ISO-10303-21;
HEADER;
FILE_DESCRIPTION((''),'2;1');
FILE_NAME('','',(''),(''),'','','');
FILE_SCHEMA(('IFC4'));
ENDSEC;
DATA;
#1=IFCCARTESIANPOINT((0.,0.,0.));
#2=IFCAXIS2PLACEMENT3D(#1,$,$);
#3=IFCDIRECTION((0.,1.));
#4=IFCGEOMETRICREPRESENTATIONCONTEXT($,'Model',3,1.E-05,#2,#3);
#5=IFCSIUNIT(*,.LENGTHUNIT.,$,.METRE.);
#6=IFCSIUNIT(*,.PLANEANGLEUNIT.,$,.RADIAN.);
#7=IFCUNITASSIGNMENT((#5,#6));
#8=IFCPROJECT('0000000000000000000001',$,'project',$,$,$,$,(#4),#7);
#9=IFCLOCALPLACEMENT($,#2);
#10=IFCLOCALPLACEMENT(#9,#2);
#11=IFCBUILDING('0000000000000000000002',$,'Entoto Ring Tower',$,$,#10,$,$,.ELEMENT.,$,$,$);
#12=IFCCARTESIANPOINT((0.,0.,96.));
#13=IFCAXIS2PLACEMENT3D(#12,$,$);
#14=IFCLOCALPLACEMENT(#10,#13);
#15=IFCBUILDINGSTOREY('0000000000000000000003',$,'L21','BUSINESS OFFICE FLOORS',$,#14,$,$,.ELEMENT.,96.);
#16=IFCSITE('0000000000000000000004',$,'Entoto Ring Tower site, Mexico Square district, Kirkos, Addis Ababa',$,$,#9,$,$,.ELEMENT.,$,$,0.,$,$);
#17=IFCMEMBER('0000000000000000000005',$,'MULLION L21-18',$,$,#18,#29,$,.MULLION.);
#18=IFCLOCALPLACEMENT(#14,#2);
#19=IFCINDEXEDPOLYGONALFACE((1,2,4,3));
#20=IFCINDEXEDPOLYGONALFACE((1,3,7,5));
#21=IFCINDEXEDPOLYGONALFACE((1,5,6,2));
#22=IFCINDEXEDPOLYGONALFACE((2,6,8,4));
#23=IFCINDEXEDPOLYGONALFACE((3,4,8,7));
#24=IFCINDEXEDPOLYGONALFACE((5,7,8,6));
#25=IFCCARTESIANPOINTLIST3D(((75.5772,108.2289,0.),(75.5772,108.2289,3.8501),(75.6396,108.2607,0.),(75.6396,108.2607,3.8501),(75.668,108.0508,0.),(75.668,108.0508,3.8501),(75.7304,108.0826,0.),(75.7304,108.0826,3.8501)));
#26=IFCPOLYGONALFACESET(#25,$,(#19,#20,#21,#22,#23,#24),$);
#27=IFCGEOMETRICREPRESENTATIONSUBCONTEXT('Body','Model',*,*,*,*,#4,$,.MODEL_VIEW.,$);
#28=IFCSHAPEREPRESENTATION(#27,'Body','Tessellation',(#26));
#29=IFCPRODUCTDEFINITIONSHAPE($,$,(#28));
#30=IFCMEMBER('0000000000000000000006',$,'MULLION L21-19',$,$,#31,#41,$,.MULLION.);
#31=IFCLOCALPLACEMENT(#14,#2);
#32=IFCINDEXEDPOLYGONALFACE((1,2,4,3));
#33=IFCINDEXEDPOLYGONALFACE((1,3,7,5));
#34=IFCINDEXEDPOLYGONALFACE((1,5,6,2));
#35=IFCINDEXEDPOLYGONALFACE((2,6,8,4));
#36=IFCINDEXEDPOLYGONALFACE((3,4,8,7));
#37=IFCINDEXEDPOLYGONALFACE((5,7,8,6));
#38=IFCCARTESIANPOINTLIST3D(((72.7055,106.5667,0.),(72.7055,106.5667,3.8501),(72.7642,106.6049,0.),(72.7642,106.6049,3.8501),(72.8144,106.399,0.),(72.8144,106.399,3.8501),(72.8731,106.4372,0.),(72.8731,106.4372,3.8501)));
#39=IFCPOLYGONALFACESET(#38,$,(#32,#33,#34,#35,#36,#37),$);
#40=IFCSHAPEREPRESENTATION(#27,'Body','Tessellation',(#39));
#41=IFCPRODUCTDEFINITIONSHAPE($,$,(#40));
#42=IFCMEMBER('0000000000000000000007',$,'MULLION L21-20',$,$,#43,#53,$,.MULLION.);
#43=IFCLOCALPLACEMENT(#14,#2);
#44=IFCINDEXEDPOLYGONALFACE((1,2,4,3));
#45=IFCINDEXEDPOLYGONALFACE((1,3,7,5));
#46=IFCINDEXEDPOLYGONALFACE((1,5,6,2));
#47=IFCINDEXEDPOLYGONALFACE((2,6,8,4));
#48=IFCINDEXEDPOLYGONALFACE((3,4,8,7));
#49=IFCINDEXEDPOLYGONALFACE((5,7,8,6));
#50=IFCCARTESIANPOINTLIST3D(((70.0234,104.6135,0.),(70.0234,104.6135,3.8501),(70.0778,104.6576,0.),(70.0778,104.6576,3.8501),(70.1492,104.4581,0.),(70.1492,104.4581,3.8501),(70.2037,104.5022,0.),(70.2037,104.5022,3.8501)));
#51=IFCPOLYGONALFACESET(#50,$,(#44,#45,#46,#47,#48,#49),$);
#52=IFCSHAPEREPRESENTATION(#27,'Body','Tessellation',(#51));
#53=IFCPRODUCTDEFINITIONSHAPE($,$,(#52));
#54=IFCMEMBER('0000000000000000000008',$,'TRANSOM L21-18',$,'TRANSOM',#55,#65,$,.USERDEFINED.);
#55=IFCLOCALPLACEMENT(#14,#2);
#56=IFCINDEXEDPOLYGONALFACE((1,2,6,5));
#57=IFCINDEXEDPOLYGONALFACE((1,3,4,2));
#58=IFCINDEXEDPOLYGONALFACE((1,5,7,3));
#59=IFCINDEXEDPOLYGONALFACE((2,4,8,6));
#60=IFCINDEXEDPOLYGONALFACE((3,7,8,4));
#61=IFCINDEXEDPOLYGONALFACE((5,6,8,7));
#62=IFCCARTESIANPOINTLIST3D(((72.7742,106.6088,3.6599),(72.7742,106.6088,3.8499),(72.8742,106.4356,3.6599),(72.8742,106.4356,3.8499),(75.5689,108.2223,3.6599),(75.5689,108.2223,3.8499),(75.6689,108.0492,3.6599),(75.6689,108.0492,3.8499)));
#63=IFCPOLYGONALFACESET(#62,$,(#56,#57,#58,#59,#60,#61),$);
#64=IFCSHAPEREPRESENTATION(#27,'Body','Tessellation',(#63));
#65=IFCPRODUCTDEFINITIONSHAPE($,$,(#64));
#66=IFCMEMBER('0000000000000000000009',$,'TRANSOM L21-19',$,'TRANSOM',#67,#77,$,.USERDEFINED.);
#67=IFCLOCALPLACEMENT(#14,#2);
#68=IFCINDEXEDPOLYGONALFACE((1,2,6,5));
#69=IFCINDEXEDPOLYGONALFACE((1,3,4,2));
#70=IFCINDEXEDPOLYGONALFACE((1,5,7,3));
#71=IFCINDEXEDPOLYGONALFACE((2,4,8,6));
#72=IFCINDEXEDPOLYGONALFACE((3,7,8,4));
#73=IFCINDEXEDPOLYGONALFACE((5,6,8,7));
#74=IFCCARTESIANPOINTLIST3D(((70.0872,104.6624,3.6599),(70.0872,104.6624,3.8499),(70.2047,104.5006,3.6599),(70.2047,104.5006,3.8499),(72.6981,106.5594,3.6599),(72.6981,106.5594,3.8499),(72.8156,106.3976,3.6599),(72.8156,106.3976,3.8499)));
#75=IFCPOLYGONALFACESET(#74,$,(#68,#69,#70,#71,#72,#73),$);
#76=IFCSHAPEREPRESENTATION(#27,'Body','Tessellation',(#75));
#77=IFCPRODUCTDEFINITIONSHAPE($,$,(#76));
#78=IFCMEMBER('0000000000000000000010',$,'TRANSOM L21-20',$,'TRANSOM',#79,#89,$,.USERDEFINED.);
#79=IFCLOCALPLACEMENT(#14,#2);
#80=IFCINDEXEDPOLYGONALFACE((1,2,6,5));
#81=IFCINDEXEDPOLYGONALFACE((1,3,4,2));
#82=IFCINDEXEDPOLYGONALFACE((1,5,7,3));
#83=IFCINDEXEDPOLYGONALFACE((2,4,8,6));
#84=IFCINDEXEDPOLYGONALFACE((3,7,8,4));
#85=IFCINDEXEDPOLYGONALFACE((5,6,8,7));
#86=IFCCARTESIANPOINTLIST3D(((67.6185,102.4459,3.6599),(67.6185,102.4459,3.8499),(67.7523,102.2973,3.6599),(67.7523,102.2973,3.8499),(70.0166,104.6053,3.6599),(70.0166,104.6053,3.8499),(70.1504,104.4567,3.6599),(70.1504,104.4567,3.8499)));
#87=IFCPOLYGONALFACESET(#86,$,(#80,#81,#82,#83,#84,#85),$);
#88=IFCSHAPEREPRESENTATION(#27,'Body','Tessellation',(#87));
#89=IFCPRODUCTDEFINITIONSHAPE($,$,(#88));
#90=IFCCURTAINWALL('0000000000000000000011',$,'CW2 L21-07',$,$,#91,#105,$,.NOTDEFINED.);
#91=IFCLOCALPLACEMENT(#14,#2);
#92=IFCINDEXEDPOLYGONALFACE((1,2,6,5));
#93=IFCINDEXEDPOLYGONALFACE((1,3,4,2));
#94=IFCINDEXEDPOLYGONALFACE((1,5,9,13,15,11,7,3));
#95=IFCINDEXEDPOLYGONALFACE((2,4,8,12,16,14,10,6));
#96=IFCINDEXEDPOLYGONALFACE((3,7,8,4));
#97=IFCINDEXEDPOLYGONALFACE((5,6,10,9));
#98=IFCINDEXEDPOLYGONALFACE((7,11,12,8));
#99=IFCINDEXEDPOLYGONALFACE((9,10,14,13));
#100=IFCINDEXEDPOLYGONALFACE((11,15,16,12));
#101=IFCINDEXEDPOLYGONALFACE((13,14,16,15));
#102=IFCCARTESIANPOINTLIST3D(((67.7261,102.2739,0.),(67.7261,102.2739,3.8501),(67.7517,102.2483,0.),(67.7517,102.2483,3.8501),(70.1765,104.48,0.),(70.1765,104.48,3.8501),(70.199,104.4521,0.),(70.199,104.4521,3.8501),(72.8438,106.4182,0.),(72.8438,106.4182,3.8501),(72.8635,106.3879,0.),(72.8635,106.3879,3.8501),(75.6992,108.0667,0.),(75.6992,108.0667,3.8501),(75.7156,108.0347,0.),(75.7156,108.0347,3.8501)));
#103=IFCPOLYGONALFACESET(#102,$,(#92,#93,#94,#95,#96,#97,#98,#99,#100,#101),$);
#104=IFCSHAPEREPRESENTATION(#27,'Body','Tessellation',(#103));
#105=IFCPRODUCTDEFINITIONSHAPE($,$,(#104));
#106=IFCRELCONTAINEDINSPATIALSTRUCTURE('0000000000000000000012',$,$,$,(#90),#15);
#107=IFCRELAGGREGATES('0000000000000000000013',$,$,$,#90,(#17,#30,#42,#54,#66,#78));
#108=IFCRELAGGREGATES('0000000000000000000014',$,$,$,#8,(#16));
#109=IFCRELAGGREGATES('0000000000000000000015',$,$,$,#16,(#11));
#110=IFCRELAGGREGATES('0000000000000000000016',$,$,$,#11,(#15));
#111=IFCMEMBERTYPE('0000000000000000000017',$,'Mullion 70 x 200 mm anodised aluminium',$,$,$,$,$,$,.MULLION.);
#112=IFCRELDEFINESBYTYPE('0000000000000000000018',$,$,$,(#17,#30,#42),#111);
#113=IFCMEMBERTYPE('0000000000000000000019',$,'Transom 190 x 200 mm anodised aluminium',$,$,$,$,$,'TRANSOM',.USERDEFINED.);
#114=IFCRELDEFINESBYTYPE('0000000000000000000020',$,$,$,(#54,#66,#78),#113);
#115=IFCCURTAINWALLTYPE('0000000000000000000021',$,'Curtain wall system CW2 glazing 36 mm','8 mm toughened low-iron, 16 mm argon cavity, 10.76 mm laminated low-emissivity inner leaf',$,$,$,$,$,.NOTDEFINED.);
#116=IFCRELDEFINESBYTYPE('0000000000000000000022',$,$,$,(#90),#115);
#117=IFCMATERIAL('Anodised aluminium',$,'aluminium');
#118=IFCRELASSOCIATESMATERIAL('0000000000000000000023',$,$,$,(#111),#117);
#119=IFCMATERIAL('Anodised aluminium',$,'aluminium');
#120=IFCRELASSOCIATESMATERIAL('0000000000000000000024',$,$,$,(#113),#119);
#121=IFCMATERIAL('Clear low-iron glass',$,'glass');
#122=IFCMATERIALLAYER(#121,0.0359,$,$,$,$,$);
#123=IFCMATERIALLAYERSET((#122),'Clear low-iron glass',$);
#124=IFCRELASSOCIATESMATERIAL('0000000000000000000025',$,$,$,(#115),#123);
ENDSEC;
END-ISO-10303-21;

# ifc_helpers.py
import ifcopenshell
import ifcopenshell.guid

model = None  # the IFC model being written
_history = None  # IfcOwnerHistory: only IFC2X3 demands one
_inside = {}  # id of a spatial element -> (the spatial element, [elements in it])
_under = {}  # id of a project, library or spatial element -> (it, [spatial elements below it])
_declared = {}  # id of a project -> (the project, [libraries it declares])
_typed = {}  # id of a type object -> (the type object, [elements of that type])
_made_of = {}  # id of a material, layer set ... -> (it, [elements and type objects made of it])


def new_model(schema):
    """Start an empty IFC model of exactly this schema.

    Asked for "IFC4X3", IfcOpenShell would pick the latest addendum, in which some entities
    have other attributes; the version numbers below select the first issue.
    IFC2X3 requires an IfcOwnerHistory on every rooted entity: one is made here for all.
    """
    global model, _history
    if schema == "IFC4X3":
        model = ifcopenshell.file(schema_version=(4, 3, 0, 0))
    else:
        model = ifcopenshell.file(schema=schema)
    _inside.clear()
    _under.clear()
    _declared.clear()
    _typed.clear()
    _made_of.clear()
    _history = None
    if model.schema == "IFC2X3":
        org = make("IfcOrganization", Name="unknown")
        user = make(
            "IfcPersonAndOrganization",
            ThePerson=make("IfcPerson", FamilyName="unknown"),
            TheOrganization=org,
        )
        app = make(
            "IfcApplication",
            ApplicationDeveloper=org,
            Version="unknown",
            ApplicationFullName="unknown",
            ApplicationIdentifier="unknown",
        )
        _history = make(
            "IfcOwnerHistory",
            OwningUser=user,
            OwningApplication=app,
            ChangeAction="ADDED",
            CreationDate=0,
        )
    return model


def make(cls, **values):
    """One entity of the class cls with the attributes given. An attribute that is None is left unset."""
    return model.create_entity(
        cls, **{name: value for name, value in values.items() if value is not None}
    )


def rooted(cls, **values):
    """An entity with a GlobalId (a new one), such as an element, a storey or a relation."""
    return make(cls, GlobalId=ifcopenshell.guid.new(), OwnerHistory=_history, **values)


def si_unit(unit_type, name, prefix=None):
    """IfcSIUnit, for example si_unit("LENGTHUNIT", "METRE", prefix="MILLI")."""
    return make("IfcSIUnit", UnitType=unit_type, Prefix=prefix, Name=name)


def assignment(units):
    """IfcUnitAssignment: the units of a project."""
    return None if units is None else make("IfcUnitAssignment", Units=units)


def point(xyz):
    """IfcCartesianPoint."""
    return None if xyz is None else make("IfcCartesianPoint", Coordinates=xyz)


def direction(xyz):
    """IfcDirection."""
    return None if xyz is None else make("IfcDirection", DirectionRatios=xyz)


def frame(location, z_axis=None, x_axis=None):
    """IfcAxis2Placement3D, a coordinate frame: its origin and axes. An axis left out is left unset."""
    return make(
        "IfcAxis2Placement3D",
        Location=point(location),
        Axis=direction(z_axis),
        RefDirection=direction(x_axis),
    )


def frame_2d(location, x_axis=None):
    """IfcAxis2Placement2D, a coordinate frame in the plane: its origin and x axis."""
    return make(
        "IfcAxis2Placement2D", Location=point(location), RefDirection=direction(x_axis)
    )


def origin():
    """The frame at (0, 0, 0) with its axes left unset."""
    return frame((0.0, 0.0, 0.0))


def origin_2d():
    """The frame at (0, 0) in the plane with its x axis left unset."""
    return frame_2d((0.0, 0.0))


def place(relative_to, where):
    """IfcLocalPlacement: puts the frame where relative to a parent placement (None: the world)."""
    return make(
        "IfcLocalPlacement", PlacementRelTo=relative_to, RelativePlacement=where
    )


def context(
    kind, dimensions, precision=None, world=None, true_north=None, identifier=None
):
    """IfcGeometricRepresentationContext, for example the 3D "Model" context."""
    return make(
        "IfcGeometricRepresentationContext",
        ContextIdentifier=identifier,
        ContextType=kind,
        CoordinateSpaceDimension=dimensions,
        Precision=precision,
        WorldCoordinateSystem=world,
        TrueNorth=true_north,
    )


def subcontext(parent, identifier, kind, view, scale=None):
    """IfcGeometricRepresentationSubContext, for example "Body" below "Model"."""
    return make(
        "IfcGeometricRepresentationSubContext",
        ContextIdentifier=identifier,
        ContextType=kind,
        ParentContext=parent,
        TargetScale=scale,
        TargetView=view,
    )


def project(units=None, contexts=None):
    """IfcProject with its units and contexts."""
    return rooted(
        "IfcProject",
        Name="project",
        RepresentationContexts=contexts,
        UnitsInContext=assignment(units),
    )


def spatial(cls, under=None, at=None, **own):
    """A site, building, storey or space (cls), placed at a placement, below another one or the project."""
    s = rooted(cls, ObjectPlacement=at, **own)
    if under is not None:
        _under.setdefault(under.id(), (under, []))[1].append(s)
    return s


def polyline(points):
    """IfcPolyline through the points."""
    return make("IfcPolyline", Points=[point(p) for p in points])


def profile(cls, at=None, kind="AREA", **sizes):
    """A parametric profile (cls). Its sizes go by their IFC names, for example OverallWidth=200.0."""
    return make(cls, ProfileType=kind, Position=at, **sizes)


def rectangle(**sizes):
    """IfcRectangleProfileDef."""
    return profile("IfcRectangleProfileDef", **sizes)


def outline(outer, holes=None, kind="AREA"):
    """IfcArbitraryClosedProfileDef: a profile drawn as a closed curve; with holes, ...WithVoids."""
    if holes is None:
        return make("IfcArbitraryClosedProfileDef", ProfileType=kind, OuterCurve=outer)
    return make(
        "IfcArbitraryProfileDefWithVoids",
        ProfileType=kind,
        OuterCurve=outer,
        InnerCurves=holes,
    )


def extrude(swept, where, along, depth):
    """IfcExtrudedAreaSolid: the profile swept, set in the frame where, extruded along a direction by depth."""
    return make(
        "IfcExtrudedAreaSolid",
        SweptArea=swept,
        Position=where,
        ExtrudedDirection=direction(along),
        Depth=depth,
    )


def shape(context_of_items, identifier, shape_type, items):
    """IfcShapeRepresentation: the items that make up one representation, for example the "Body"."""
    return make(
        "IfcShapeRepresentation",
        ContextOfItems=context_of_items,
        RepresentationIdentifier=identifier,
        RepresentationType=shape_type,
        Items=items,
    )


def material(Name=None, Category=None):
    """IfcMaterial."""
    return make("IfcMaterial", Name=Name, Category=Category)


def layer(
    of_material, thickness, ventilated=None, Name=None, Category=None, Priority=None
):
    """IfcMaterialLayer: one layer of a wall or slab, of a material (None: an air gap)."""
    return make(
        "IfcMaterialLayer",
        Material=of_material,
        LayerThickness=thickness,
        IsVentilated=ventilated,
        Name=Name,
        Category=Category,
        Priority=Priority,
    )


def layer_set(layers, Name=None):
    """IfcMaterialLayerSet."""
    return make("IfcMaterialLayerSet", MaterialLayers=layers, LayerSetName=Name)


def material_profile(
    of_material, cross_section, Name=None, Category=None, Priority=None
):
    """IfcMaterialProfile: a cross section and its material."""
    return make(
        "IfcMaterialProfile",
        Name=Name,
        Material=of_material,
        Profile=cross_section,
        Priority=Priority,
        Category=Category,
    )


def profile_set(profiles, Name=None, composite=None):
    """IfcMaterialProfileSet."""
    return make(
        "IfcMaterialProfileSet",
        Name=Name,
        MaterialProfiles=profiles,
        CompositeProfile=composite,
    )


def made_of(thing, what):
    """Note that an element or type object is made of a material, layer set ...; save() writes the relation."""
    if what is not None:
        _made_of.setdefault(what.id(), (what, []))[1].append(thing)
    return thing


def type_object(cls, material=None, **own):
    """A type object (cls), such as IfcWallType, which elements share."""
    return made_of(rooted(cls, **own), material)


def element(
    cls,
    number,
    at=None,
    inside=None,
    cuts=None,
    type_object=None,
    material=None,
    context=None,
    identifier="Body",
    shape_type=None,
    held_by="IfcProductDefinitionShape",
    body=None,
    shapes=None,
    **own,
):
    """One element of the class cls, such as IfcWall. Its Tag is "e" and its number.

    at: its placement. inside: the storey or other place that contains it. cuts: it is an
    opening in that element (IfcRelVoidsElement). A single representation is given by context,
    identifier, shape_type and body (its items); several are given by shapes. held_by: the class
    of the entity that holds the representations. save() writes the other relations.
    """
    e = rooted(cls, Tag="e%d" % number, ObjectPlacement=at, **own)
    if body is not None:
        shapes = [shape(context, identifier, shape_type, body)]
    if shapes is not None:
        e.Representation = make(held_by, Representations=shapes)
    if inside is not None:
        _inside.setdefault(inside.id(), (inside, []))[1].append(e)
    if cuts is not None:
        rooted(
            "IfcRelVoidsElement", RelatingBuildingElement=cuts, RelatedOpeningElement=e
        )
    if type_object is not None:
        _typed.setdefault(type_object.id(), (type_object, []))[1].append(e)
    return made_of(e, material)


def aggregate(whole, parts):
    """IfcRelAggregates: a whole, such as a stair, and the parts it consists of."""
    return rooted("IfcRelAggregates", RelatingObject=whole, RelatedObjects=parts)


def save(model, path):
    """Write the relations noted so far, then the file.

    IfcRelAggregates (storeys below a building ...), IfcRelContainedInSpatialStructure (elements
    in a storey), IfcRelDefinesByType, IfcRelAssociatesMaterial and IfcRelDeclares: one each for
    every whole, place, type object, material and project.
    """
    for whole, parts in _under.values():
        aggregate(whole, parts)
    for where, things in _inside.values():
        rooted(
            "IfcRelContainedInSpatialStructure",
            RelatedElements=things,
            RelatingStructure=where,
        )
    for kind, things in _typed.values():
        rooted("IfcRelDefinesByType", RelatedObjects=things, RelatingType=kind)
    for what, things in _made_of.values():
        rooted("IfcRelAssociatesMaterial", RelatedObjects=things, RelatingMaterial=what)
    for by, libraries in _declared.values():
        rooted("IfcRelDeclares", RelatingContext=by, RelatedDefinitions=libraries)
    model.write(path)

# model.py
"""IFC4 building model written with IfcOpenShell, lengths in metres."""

from ifc_helpers import new_model, si_unit, direction, frame, origin, origin_2d, place, context, subcontext, project, spatial, polyline, rectangle, outline, extrude, material, layer, layer_set, material_profile, profile_set, type_object, element, aggregate, save


model = new_model("IFC4")

# Units and contexts
model_context = context("Model", 3, precision=1e-05, world=origin(), true_north=direction((0.0, 1.0)))
body_context = subcontext(model_context, "Body", "Model", "MODEL_VIEW")
ifc_project = project(units=[si_unit("LENGTHUNIT", "METRE"), si_unit("PLANEANGLEUNIT", "RADIAN")], contexts=[model_context])

# Members
ifc_material_1 = material(Name="Anodised aluminium", Category="aluminium")
ifc_material_profile_1 = material_profile(ifc_material_1, rectangle(XDim=0.0701, YDim=0.2, at=origin_2d()), Name="Mullion 70 x 200 mm anodised aluminium")
ifc_profile_set_1 = profile_set([ifc_material_profile_1], Name="Anodised aluminium")
member_type_1 = type_object("IfcMemberType", Name="Mullion 70 x 200 mm anodised aluminium", PredefinedType="MULLION", material=ifc_profile_set_1)
site_placement = place(None, origin())
building_placement = place(site_placement, origin())
storey_placement = place(building_placement, frame((0.0, 0.0, 96.0)))
member_1_placement = place(storey_placement, frame((75.6538, 108.1558, 0.0), z_axis=(0.0, 0.0, 1.0), x_axis=(-0.891007, -0.45399, 0.0)))
member_1 = element("IfcMember", 1, at=member_1_placement, type_object=member_type_1, Name="MULLION L21-18", PredefinedType="MULLION", context=body_context, shape_type="SweptSolid", body=[
    extrude(rectangle(XDim=0.0701, YDim=0.2, at=origin_2d()), origin(), (0.0, 0.0, 1.0), 3.8501),
])
member_2_placement = place(storey_placement, frame((72.7893, 106.502, 0.0), z_axis=(0.0, 0.0, 1.0), x_axis=(-0.838671, -0.544639, 0.0)))
member_2 = element("IfcMember", 2, at=member_2_placement, type_object=member_type_1, Name="MULLION L21-19", PredefinedType="MULLION", context=body_context, shape_type="SweptSolid", body=[
    extrude(rectangle(XDim=0.0701, YDim=0.2, at=origin_2d()), origin(), (0.0, 0.0, 1.0), 3.8501),
])
member_3_placement = place(storey_placement, frame((70.1135, 104.5579, 0.0), z_axis=(0.0, 0.0, 1.0), x_axis=(-0.777146, -0.62932, 0.0)))
member_3 = element("IfcMember", 3, at=member_3_placement, type_object=member_type_1, Name="MULLION L21-20", PredefinedType="MULLION", context=body_context, shape_type="SweptSolid", body=[
    extrude(rectangle(XDim=0.0701, YDim=0.2, at=origin_2d()), origin(), (0.0, 0.0, 1.0), 3.8501),
])
ifc_material_2 = material(Name="Anodised aluminium", Category="aluminium")
ifc_material_profile_2 = material_profile(ifc_material_2, rectangle(XDim=0.2, YDim=0.1899, at=origin_2d()), Name="Transom 190 x 200 mm anodised aluminium")
ifc_profile_set_2 = profile_set([ifc_material_profile_2], Name="Anodised aluminium")
member_type_2 = type_object("IfcMemberType", Name="Transom 190 x 200 mm anodised aluminium", ElementType="TRANSOM", PredefinedType="USERDEFINED", material=ifc_profile_set_2)
member_4_placement = place(storey_placement, frame((75.6189, 108.1357, 3.7549), z_axis=(-0.866023, -0.500004, 0.0), x_axis=(0.500004, -0.866023, 0.0)))
member_4 = element("IfcMember", 4, at=member_4_placement, type_object=member_type_2, Name="TRANSOM L21-18", ObjectType="TRANSOM", PredefinedType="USERDEFINED", context=body_context, shape_type="SweptSolid", body=[
    extrude(rectangle(XDim=0.2, YDim=0.1899, at=origin_2d()), origin(), (0.0, 0.0, 1.0), 3.2271),
])
member_5_placement = place(storey_placement, frame((72.7568, 106.4785, 3.7549), z_axis=(-0.809004, -0.587803, 0.0), x_axis=(0.587803, -0.809004, 0.0)))
member_5 = element("IfcMember", 5, at=member_5_placement, type_object=member_type_2, Name="TRANSOM L21-19", ObjectType="TRANSOM", PredefinedType="USERDEFINED", context=body_context, shape_type="SweptSolid", body=[
    extrude(rectangle(XDim=0.2, YDim=0.1899, at=origin_2d()), origin(), (0.0, 0.0, 1.0), 3.2273),
])
member_6_placement = place(storey_placement, frame((70.0835, 104.531, 3.7549), z_axis=(-0.743132, -0.669144, 0.0), x_axis=(0.669144, -0.743132, 0.0)))
member_6 = element("IfcMember", 6, at=member_6_placement, type_object=member_type_2, Name="TRANSOM L21-20", ObjectType="TRANSOM", PredefinedType="USERDEFINED", context=body_context, shape_type="SweptSolid", body=[
    extrude(rectangle(XDim=0.2, YDim=0.1899, at=origin_2d()), origin(), (0.0, 0.0, 1.0), 3.2271),
])

# Site, building, storey
site = spatial("IfcSite", under=ifc_project, at=site_placement, Name="Entoto Ring Tower site, Mexico Square district, Kirkos, Addis Ababa", CompositionType="ELEMENT", RefElevation=0.0)
building = spatial("IfcBuilding", under=site, at=building_placement, Name="Entoto Ring Tower", CompositionType="ELEMENT")
storey = spatial("IfcBuildingStorey", under=building, at=storey_placement, Name="L21", Description="BUSINESS OFFICE FLOORS", CompositionType="ELEMENT", Elevation=96.0)

# Curtain wall
ifc_material_3 = material(Name="Clear low-iron glass", Category="glass")
ifc_layer = layer(ifc_material_3, 0.0359)
ifc_layer_set = layer_set([ifc_layer], Name="Clear low-iron glass")
curtain_wall_type = type_object("IfcCurtainWallType", Name="Curtain wall system CW2 glazing 36 mm", Description="8 mm toughened low-iron, 16 mm argon cavity, 10.76 mm laminated low-emissivity inner leaf", PredefinedType="NOTDEFINED", material=ifc_layer_set)
curtain_wall_1_placement = place(storey_placement, origin())
curtain_wall_1 = element("IfcCurtainWall", 7, at=curtain_wall_1_placement, inside=storey, type_object=curtain_wall_type, Name="CW2 L21-07", PredefinedType="NOTDEFINED", context=body_context, shape_type="SweptSolid", body=[
    extrude(outline(polyline([(75.6992, 108.0667), (72.8438, 106.4182), (70.1765, 104.48), (67.7261, 102.2739), (67.7517, 102.2483), (70.199, 104.4521), (72.8635, 106.3879), (75.7156, 108.0347), (75.6992, 108.0667)])), origin(), (0.0, 0.0, 1.0), 3.8501),
])
aggregate(curtain_wall_1, [member_1, member_2, member_3, member_4, member_5, member_6])

save(model, "model.ifc")
